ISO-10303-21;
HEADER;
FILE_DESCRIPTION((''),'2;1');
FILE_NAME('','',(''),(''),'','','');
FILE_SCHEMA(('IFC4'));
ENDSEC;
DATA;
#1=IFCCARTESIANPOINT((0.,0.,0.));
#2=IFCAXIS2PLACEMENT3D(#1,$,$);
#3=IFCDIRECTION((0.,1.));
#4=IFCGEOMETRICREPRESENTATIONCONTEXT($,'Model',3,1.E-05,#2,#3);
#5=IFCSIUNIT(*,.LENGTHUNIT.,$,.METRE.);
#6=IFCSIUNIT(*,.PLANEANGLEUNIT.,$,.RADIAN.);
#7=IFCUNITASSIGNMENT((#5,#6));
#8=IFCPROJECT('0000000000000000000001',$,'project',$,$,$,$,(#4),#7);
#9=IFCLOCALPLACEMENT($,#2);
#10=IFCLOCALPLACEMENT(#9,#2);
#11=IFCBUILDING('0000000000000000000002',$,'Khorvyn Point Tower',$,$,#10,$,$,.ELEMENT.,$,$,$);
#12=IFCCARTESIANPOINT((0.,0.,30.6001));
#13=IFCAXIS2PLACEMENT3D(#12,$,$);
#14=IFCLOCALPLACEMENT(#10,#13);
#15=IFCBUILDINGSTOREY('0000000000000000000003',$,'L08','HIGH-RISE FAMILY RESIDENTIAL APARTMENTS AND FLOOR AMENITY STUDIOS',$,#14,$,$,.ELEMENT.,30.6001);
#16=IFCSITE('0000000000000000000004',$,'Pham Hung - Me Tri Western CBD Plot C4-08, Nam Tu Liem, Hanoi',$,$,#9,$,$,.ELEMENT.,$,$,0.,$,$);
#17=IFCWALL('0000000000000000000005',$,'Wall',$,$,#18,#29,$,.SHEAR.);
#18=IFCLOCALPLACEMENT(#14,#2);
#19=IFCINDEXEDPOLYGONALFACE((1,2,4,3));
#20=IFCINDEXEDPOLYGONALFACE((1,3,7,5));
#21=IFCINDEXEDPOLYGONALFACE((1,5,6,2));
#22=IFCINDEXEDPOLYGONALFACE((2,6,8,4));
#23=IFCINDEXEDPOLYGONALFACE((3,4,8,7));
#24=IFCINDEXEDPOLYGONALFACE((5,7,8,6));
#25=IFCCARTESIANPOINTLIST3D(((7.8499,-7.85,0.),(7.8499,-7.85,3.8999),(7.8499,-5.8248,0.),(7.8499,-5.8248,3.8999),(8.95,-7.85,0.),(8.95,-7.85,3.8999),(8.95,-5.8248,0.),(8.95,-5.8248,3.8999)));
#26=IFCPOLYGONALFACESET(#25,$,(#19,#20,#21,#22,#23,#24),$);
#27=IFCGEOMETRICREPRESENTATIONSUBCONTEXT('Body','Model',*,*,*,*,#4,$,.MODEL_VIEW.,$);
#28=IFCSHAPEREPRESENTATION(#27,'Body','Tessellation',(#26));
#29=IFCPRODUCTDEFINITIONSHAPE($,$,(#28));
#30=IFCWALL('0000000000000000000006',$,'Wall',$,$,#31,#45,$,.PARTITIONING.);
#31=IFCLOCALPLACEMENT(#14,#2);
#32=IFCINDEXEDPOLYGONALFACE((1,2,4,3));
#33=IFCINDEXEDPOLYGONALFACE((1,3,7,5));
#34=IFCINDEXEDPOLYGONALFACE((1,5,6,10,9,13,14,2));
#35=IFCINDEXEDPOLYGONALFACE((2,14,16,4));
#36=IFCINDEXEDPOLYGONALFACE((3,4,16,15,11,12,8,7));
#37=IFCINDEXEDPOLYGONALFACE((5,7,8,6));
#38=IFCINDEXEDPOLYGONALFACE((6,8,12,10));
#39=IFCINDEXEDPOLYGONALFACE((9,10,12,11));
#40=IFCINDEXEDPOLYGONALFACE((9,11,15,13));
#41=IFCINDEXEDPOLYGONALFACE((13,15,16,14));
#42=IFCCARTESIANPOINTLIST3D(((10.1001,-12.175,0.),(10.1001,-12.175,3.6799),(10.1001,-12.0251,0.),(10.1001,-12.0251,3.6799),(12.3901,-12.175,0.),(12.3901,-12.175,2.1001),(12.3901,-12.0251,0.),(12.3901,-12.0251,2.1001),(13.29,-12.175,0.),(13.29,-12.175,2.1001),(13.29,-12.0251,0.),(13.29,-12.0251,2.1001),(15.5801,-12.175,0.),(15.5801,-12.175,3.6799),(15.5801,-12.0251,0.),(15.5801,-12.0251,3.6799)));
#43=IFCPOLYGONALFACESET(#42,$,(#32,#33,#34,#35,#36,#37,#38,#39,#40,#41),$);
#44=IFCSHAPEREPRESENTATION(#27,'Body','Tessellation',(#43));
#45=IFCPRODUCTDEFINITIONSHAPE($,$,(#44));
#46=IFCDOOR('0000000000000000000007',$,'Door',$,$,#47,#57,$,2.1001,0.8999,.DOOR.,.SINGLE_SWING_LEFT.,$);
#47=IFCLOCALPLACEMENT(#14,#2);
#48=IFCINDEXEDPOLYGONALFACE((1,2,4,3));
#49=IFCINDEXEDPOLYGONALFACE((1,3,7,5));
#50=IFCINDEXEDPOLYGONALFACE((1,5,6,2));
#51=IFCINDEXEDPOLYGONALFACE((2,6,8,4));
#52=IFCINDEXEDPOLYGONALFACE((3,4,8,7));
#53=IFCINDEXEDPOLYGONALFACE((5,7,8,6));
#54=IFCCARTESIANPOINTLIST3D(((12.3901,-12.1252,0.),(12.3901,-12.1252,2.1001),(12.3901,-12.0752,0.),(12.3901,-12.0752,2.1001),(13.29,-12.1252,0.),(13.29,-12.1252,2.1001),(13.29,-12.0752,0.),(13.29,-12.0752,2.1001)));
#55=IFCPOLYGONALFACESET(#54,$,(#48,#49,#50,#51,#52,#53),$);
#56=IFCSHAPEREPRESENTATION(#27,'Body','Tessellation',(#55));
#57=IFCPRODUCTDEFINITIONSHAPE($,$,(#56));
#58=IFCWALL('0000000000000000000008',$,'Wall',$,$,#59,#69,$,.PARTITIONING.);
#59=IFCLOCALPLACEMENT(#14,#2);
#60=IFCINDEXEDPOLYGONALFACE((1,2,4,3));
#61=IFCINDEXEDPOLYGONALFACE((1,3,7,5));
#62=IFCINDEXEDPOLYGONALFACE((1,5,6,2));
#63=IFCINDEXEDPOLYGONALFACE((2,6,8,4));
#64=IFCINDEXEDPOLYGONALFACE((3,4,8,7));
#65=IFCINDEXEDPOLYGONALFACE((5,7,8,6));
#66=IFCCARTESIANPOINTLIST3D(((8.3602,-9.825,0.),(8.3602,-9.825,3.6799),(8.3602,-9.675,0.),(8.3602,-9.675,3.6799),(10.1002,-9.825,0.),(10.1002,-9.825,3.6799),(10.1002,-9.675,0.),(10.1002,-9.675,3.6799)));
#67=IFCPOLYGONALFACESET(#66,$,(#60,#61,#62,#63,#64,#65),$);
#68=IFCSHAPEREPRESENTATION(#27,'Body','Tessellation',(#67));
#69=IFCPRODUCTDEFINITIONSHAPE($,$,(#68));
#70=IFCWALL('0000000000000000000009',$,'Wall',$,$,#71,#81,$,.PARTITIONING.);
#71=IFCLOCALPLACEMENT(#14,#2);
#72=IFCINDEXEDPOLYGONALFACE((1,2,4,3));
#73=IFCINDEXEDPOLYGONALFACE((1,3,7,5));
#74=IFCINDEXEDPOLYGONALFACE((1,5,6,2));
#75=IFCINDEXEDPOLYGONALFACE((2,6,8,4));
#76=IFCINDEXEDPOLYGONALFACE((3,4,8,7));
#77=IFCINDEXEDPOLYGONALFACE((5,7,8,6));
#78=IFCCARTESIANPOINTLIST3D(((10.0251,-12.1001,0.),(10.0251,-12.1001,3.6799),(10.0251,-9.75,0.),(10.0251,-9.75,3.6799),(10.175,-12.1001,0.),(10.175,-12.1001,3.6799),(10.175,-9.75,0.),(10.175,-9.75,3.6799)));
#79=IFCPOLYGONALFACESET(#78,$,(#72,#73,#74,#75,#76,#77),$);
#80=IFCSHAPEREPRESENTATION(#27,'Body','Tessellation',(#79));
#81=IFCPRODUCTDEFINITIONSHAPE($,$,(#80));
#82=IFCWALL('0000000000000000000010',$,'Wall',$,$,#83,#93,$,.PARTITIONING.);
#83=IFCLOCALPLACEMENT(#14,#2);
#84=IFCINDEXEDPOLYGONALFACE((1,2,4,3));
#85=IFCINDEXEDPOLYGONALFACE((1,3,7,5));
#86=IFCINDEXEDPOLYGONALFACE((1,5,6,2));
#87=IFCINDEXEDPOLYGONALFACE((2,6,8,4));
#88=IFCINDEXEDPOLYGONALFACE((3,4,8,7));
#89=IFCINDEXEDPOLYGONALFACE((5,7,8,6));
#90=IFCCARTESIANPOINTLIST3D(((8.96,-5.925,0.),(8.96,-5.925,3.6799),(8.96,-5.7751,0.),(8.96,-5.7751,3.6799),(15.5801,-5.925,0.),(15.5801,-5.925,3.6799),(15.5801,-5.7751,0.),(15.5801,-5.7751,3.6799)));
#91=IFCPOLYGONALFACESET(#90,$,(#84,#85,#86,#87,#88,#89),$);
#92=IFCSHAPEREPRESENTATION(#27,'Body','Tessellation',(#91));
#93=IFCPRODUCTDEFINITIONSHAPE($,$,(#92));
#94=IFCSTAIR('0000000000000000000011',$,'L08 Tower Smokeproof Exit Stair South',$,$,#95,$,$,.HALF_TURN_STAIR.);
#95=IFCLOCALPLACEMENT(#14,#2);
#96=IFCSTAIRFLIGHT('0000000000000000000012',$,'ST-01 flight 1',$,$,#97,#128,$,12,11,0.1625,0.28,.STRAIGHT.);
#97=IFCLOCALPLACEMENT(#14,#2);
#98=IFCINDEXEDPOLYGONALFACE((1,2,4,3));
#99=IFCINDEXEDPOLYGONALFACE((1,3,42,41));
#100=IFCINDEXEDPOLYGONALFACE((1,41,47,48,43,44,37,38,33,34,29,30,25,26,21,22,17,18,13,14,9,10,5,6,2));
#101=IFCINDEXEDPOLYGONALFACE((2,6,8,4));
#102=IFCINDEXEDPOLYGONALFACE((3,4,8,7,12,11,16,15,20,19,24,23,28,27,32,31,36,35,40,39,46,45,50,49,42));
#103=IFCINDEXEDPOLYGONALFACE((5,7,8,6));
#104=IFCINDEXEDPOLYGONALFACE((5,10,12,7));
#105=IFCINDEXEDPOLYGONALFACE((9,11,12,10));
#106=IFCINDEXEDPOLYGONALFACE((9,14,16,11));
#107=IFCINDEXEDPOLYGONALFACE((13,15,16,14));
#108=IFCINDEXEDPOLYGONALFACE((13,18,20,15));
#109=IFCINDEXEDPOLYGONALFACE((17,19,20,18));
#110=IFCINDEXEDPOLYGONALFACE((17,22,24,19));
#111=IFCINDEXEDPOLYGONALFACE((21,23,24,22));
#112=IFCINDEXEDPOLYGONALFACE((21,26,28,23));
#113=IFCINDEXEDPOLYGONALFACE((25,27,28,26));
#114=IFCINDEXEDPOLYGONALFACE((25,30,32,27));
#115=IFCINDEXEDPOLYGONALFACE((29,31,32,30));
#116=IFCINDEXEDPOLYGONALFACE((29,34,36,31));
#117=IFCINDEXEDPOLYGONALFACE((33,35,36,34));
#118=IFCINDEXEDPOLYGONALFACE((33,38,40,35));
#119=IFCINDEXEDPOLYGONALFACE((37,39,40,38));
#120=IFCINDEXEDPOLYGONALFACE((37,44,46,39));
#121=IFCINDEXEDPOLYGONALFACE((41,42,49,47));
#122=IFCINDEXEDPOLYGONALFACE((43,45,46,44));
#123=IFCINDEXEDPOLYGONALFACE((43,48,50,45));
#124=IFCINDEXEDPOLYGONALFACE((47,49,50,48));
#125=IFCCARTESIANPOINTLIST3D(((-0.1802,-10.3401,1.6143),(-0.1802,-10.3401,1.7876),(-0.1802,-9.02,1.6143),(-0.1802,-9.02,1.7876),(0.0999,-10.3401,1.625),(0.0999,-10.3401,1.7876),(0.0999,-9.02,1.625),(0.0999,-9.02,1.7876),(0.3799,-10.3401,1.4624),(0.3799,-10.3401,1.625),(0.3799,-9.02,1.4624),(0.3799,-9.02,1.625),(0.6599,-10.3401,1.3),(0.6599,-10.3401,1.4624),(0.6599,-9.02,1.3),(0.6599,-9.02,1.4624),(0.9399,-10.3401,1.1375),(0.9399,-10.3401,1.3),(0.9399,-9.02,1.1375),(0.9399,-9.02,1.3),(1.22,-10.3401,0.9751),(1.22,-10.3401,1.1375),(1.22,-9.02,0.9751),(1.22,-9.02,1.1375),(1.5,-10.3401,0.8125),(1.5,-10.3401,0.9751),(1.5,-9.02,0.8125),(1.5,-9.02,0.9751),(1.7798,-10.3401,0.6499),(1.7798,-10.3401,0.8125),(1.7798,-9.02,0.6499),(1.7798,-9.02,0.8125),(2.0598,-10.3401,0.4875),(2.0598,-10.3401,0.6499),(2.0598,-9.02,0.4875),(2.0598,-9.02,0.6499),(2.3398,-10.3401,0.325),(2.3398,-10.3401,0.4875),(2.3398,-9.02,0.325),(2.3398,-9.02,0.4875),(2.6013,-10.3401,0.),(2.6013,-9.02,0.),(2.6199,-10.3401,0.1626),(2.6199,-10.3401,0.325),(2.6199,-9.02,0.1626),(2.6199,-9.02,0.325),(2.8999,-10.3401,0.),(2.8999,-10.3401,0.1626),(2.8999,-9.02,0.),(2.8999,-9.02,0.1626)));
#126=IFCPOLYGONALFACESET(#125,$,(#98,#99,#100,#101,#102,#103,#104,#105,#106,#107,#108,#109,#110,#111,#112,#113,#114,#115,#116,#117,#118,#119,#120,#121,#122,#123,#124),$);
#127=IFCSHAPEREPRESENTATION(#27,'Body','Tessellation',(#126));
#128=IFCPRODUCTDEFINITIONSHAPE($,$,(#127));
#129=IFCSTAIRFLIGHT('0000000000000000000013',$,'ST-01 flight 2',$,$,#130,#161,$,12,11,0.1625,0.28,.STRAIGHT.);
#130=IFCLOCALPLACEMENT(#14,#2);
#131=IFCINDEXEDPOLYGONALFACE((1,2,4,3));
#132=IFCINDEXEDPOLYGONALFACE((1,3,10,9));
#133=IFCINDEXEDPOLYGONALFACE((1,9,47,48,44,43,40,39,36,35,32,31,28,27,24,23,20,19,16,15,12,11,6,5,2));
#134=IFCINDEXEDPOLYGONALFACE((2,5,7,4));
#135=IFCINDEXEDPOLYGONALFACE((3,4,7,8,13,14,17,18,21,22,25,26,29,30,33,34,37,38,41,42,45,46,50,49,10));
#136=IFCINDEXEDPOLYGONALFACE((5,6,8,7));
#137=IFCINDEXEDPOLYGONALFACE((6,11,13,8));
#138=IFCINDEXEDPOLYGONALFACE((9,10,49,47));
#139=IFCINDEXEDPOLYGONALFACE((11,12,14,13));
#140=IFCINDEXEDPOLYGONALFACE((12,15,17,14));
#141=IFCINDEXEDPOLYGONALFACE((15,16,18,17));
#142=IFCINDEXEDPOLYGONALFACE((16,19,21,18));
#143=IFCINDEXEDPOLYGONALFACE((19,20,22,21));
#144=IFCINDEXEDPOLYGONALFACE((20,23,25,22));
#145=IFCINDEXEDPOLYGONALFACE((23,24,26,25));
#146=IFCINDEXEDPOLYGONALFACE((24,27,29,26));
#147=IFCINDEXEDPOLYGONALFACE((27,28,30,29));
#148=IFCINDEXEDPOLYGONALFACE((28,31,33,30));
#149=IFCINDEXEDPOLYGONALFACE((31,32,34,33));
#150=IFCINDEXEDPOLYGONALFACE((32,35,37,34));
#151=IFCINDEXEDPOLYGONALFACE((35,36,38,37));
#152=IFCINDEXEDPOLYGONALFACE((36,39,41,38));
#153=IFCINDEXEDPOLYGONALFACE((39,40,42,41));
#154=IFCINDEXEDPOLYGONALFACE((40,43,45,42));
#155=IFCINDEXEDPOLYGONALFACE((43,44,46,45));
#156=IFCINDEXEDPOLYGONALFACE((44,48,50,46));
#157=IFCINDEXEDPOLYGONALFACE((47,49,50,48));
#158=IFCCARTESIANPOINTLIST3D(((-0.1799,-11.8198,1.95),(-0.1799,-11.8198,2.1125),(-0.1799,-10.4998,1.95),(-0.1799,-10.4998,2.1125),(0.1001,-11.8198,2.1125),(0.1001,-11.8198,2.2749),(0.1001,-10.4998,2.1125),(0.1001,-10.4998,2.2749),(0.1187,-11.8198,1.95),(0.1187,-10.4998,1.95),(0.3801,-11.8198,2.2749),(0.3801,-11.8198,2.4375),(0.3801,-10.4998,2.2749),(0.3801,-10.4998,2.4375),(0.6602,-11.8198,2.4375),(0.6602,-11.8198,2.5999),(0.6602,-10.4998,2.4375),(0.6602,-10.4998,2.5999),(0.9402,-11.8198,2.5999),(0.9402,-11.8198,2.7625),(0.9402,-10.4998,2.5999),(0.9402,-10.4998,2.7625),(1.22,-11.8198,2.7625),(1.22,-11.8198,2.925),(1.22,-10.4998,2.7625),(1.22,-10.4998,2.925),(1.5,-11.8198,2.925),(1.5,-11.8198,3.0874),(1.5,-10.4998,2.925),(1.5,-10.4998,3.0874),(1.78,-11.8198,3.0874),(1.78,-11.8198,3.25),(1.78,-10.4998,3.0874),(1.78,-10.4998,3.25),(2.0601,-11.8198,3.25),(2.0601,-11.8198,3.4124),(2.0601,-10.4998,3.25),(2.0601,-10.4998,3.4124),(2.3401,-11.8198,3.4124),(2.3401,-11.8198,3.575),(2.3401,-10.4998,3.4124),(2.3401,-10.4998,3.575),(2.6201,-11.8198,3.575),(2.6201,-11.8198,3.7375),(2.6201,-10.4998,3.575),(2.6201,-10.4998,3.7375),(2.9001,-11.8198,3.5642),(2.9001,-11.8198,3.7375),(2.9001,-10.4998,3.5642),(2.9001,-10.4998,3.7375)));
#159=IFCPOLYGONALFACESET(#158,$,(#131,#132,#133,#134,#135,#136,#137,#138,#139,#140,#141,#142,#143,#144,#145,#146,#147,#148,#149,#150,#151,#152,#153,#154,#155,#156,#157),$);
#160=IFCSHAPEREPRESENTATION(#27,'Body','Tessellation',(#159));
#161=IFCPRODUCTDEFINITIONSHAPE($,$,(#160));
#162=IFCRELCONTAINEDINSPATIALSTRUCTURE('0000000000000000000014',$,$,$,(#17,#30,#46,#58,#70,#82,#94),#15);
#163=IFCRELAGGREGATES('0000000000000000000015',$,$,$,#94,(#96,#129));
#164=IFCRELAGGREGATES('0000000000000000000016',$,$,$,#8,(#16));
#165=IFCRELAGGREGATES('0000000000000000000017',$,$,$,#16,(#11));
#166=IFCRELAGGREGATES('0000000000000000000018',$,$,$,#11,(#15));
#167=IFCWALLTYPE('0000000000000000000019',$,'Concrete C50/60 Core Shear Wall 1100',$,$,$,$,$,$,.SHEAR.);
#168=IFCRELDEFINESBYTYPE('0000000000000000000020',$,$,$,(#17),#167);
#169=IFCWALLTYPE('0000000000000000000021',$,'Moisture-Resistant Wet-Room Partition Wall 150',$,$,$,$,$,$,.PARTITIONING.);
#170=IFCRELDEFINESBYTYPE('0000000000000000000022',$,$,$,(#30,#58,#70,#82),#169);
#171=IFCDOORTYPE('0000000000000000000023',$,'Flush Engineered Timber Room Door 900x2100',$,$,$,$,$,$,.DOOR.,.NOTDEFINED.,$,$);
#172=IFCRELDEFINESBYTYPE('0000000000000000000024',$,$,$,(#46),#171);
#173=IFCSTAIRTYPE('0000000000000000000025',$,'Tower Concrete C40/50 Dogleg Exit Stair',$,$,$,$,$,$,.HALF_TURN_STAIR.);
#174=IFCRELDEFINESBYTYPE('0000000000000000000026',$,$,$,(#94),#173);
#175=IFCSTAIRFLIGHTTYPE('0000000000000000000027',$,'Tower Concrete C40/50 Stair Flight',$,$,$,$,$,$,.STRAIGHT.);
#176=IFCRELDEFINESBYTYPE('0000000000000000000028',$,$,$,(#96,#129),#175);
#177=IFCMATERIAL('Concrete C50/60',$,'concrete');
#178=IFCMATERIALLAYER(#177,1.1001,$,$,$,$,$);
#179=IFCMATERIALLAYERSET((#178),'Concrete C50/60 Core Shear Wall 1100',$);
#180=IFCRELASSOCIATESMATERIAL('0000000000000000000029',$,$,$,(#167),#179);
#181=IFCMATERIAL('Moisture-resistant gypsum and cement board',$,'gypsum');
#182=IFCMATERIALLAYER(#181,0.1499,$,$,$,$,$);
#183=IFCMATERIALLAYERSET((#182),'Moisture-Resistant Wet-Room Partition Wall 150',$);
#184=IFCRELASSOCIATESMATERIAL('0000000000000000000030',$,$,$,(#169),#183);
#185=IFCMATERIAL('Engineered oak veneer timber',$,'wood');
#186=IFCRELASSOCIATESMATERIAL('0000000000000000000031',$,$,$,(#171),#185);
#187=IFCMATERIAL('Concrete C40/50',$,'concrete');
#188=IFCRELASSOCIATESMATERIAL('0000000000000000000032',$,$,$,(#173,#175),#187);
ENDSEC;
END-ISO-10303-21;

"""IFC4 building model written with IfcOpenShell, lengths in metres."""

from ifc_helpers import new_model, si_unit, direction, frame, frame_2d, origin, place, context, subcontext, project, spatial, polyline, rectangle, outline, extrude, material, layer, layer_set, type_object, element, fill, aggregate, save


model = new_model("IFC4")

# Units and contexts
model_context = context("Model", 3, precision=1e-05, world=origin(), true_north=direction((0.0, 1.0)))
body_context = subcontext(model_context, "Body", "Model", "MODEL_VIEW")
ifc_project = project(units=[si_unit("LENGTHUNIT", "METRE"), si_unit("PLANEANGLEUNIT", "RADIAN")], contexts=[model_context])

# Site, building, storey
site_placement = place(None, origin())
site = spatial("IfcSite", under=ifc_project, at=site_placement, Name="Pham Hung - Me Tri Western CBD Plot C4-08, Nam Tu Liem, Hanoi", CompositionType="ELEMENT", RefElevation=0.0)
building_placement = place(site_placement, origin())
building = spatial("IfcBuilding", under=site, at=building_placement, Name="Khorvyn Point Tower", CompositionType="ELEMENT")
storey_placement = place(building_placement, frame((0.0, 0.0, 30.6001)))
storey = spatial("IfcBuildingStorey", under=building, at=storey_placement, Name="L08", Description="HIGH-RISE FAMILY RESIDENTIAL APARTMENTS AND FLOOR AMENITY STUDIOS", CompositionType="ELEMENT", Elevation=30.6001)

# Shared definitions
ifc_material_1 = material(Name="Concrete C50/60", Category="concrete")

# Shared definitions
ifc_material_2 = material(Name="Concrete C40/50", Category="concrete")

# Wall
ifc_layer_1 = layer(ifc_material_1, 1.1001)
ifc_layer_set_1 = layer_set([ifc_layer_1], Name="Concrete C50/60 Core Shear Wall 1100")
wall_type_1 = type_object("IfcWallType", Name="Concrete C50/60 Core Shear Wall 1100", PredefinedType="SHEAR", material=ifc_layer_set_1)
wall_1_placement = place(storey_placement, frame((8.3999, -7.8501, 0.0), z_axis=(0.0, 0.0, 1.0), x_axis=(0.0, 1.0, 0.0)))
element("IfcWall", 1, at=wall_1_placement, inside=storey, type_object=wall_type_1, Name="Wall", PredefinedType="SHEAR", context=body_context, shape_type="SweptSolid", body=[
    extrude(rectangle(XDim=2.0251, YDim=1.1001, at=frame_2d((1.0127, 0.0))), origin(), (0.0, 0.0, 1.0), 3.8999),
])

# Wall, opening, door
ifc_material_3 = material(Name="Moisture-resistant gypsum and cement board", Category="gypsum")
ifc_layer_2 = layer(ifc_material_3, 0.1499)
ifc_layer_set_2 = layer_set([ifc_layer_2], Name="Moisture-Resistant Wet-Room Partition Wall 150")
wall_type_2 = type_object("IfcWallType", Name="Moisture-Resistant Wet-Room Partition Wall 150", PredefinedType="PARTITIONING", material=ifc_layer_set_2)
wall_2_placement = place(storey_placement, frame((10.1001, -12.1001, 0.0), z_axis=(0.0, 0.0, 1.0), x_axis=(1.0, 0.0, 0.0)))
wall_2 = element("IfcWall", 2, at=wall_2_placement, inside=storey, type_object=wall_type_2, Name="Wall", PredefinedType="PARTITIONING", context=body_context, shape_type="SweptSolid", body=[
    extrude(rectangle(XDim=5.48, YDim=0.1499, at=frame_2d((2.74, 0.0))), origin(), (0.0, 0.0, 1.0), 3.6799),
])
opening_1_placement = place(wall_2_placement, frame((2.29, 0.0, 0.0)))
opening_1 = element("IfcOpeningElement", 3, at=opening_1_placement, cuts=wall_2, PredefinedType="OPENING", context=body_context, shape_type="SweptSolid", body=[
    extrude(rectangle(XDim=0.8999, YDim=2.1001, at=frame_2d((0.45, 1.05))), frame((0.0, 0.085, 0.0), z_axis=(0.0, -1.0, 0.0), x_axis=(1.0, 0.0, 0.0)), (0.0, 0.0, 1.0), 0.1699),
])
ifc_material_4 = material(Name="Engineered oak veneer timber", Category="wood")
door_type_1 = type_object("IfcDoorType", Name="Flush Engineered Timber Room Door 900x2100", OperationType="NOTDEFINED", PredefinedType="DOOR", material=ifc_material_4)
door_1_placement = place(opening_1_placement, origin())
door_1 = element("IfcDoor", 4, at=door_1_placement, inside=storey, type_object=door_type_1, Name="Door", OperationType="SINGLE_SWING_LEFT", OverallHeight=2.1001, OverallWidth=0.8999, PredefinedType="DOOR", context=body_context, shape_type="SweptSolid", body=[
    extrude(rectangle(XDim=0.8999, YDim=2.1001, at=frame_2d((0.45, 1.05))), frame((0.0, 0.0249, 0.0), z_axis=(0.0, -1.0, 0.0), x_axis=(1.0, 0.0, 0.0)), (0.0, 0.0, 1.0), 0.05),
])
fill(opening_1, door_1)

# Walls
wall_3_placement = place(storey_placement, frame((8.3601, -9.75, 0.0), z_axis=(0.0, 0.0, 1.0), x_axis=(1.0, 0.0, 0.0)))
element("IfcWall", 5, at=wall_3_placement, inside=storey, type_object=wall_type_2, Name="Wall", PredefinedType="PARTITIONING", context=body_context, shape_type="SweptSolid", body=[
    extrude(rectangle(XDim=1.74, YDim=0.1499, at=frame_2d((0.8701, 0.0))), origin(), (0.0, 0.0, 1.0), 3.6799),
])
wall_4_placement = place(storey_placement, frame((10.1001, -12.1001, 0.0), z_axis=(0.0, 0.0, 1.0), x_axis=(0.0, 1.0, 0.0)))
element("IfcWall", 6, at=wall_4_placement, inside=storey, type_object=wall_type_2, Name="Wall", PredefinedType="PARTITIONING", context=body_context, shape_type="SweptSolid", body=[
    extrude(rectangle(XDim=2.3501, YDim=0.1499, at=frame_2d((1.175, 0.0))), origin(), (0.0, 0.0, 1.0), 3.6799),
])
wall_5_placement = place(storey_placement, frame((8.96, -5.8501, 0.0), z_axis=(0.0, 0.0, 1.0), x_axis=(1.0, 0.0, 0.0)))
element("IfcWall", 7, at=wall_5_placement, inside=storey, type_object=wall_type_2, Name="Wall", PredefinedType="PARTITIONING", context=body_context, shape_type="SweptSolid", body=[
    extrude(rectangle(XDim=6.6201, YDim=0.1499, at=frame_2d((3.3101, 0.0))), origin(), (0.0, 0.0, 1.0), 3.6799),
])

# Stair, stair flights
stair_type = type_object("IfcStairType", Name="Tower Concrete C40/50 Dogleg Exit Stair", PredefinedType="HALF_TURN_STAIR", material=ifc_material_2)
stair_placement = place(storey_placement, origin())
stair = element("IfcStair", 8, at=stair_placement, inside=storey, type_object=stair_type, Name="L08 Tower Smokeproof Exit Stair South", PredefinedType="HALF_TURN_STAIR")
stair_flight_type = type_object("IfcStairFlightType", Name="Tower Concrete C40/50 Stair Flight", PredefinedType="STRAIGHT", material=ifc_material_2)
stair_flight_1_placement = place(storey_placement, frame((2.8999, -9.6799, 0.0), z_axis=(0.0, 0.0, 1.0), x_axis=(-1.0, 0.0, 0.0)))
stair_flight_1 = element("IfcStairFlight", 9, at=stair_flight_1_placement, type_object=stair_flight_type, Name="ST-01 flight 1", NumberOfRisers=12, NumberOfTreads=11, PredefinedType="STRAIGHT", RiserHeight=0.1625, TreadLength=0.28, context=body_context, shape_type="SweptSolid", body=[
    extrude(outline(polyline([(0.0, 0.0), (0.0, 0.1626), (0.28, 0.1626), (0.28, 0.325), (0.5601, 0.325), (0.5601, 0.4875), (0.8401, 0.4875), (0.8401, 0.6499), (1.1201, 0.6499), (1.1201, 0.8125), (1.3999, 0.8125), (1.3999, 0.9751), (1.6799, 0.9751), (1.6799, 1.1375), (1.96, 1.1375), (1.96, 1.3), (2.24, 1.3), (2.24, 1.4624), (2.52, 1.4624), (2.52, 1.625), (2.8, 1.625), (2.8, 1.7876), (3.0801, 1.7876), (3.0801, 1.95), (3.0801, 1.6143), (0.2986, 0.0), (0.0, 0.0)])), frame((0.0, 0.6602, 0.0), z_axis=(0.0, -1.0, 0.0), x_axis=(1.0, 0.0, 0.0)), (0.0, 0.0, 1.0), 1.3201),
])
stair_flight_2_placement = place(storey_placement, frame((-0.1799, -11.1599, 1.95), z_axis=(0.0, 0.0, 1.0), x_axis=(1.0, 0.0, 0.0)))
stair_flight_2 = element("IfcStairFlight", 10, at=stair_flight_2_placement, type_object=stair_flight_type, Name="ST-01 flight 2", NumberOfRisers=12, NumberOfTreads=11, PredefinedType="STRAIGHT", RiserHeight=0.1625, TreadLength=0.28, context=body_context, shape_type="SweptSolid", body=[
    extrude(outline(polyline([(0.0, 0.0), (0.0, 0.1626), (0.28, 0.1626), (0.28, 0.325), (0.5601, 0.325), (0.5601, 0.4875), (0.8401, 0.4875), (0.8401, 0.6499), (1.1201, 0.6499), (1.1201, 0.8125), (1.3999, 0.8125), (1.3999, 0.9751), (1.6799, 0.9751), (1.6799, 1.1375), (1.96, 1.1375), (1.96, 1.3), (2.24, 1.3), (2.24, 1.4624), (2.52, 1.4624), (2.52, 1.625), (2.8, 1.625), (2.8, 1.7876), (3.0801, 1.7876), (3.0801, 1.95), (3.0801, 1.6143), (0.2986, 0.0), (0.0, 0.0)])), frame((0.0, 0.6602, 0.0), z_axis=(0.0, -1.0, 0.0), x_axis=(1.0, 0.0, 0.0)), (0.0, 0.0, 1.0), 1.3201),
])
aggregate(stair, [stair_flight_1, stair_flight_2])

save(model, "model.ifc")
